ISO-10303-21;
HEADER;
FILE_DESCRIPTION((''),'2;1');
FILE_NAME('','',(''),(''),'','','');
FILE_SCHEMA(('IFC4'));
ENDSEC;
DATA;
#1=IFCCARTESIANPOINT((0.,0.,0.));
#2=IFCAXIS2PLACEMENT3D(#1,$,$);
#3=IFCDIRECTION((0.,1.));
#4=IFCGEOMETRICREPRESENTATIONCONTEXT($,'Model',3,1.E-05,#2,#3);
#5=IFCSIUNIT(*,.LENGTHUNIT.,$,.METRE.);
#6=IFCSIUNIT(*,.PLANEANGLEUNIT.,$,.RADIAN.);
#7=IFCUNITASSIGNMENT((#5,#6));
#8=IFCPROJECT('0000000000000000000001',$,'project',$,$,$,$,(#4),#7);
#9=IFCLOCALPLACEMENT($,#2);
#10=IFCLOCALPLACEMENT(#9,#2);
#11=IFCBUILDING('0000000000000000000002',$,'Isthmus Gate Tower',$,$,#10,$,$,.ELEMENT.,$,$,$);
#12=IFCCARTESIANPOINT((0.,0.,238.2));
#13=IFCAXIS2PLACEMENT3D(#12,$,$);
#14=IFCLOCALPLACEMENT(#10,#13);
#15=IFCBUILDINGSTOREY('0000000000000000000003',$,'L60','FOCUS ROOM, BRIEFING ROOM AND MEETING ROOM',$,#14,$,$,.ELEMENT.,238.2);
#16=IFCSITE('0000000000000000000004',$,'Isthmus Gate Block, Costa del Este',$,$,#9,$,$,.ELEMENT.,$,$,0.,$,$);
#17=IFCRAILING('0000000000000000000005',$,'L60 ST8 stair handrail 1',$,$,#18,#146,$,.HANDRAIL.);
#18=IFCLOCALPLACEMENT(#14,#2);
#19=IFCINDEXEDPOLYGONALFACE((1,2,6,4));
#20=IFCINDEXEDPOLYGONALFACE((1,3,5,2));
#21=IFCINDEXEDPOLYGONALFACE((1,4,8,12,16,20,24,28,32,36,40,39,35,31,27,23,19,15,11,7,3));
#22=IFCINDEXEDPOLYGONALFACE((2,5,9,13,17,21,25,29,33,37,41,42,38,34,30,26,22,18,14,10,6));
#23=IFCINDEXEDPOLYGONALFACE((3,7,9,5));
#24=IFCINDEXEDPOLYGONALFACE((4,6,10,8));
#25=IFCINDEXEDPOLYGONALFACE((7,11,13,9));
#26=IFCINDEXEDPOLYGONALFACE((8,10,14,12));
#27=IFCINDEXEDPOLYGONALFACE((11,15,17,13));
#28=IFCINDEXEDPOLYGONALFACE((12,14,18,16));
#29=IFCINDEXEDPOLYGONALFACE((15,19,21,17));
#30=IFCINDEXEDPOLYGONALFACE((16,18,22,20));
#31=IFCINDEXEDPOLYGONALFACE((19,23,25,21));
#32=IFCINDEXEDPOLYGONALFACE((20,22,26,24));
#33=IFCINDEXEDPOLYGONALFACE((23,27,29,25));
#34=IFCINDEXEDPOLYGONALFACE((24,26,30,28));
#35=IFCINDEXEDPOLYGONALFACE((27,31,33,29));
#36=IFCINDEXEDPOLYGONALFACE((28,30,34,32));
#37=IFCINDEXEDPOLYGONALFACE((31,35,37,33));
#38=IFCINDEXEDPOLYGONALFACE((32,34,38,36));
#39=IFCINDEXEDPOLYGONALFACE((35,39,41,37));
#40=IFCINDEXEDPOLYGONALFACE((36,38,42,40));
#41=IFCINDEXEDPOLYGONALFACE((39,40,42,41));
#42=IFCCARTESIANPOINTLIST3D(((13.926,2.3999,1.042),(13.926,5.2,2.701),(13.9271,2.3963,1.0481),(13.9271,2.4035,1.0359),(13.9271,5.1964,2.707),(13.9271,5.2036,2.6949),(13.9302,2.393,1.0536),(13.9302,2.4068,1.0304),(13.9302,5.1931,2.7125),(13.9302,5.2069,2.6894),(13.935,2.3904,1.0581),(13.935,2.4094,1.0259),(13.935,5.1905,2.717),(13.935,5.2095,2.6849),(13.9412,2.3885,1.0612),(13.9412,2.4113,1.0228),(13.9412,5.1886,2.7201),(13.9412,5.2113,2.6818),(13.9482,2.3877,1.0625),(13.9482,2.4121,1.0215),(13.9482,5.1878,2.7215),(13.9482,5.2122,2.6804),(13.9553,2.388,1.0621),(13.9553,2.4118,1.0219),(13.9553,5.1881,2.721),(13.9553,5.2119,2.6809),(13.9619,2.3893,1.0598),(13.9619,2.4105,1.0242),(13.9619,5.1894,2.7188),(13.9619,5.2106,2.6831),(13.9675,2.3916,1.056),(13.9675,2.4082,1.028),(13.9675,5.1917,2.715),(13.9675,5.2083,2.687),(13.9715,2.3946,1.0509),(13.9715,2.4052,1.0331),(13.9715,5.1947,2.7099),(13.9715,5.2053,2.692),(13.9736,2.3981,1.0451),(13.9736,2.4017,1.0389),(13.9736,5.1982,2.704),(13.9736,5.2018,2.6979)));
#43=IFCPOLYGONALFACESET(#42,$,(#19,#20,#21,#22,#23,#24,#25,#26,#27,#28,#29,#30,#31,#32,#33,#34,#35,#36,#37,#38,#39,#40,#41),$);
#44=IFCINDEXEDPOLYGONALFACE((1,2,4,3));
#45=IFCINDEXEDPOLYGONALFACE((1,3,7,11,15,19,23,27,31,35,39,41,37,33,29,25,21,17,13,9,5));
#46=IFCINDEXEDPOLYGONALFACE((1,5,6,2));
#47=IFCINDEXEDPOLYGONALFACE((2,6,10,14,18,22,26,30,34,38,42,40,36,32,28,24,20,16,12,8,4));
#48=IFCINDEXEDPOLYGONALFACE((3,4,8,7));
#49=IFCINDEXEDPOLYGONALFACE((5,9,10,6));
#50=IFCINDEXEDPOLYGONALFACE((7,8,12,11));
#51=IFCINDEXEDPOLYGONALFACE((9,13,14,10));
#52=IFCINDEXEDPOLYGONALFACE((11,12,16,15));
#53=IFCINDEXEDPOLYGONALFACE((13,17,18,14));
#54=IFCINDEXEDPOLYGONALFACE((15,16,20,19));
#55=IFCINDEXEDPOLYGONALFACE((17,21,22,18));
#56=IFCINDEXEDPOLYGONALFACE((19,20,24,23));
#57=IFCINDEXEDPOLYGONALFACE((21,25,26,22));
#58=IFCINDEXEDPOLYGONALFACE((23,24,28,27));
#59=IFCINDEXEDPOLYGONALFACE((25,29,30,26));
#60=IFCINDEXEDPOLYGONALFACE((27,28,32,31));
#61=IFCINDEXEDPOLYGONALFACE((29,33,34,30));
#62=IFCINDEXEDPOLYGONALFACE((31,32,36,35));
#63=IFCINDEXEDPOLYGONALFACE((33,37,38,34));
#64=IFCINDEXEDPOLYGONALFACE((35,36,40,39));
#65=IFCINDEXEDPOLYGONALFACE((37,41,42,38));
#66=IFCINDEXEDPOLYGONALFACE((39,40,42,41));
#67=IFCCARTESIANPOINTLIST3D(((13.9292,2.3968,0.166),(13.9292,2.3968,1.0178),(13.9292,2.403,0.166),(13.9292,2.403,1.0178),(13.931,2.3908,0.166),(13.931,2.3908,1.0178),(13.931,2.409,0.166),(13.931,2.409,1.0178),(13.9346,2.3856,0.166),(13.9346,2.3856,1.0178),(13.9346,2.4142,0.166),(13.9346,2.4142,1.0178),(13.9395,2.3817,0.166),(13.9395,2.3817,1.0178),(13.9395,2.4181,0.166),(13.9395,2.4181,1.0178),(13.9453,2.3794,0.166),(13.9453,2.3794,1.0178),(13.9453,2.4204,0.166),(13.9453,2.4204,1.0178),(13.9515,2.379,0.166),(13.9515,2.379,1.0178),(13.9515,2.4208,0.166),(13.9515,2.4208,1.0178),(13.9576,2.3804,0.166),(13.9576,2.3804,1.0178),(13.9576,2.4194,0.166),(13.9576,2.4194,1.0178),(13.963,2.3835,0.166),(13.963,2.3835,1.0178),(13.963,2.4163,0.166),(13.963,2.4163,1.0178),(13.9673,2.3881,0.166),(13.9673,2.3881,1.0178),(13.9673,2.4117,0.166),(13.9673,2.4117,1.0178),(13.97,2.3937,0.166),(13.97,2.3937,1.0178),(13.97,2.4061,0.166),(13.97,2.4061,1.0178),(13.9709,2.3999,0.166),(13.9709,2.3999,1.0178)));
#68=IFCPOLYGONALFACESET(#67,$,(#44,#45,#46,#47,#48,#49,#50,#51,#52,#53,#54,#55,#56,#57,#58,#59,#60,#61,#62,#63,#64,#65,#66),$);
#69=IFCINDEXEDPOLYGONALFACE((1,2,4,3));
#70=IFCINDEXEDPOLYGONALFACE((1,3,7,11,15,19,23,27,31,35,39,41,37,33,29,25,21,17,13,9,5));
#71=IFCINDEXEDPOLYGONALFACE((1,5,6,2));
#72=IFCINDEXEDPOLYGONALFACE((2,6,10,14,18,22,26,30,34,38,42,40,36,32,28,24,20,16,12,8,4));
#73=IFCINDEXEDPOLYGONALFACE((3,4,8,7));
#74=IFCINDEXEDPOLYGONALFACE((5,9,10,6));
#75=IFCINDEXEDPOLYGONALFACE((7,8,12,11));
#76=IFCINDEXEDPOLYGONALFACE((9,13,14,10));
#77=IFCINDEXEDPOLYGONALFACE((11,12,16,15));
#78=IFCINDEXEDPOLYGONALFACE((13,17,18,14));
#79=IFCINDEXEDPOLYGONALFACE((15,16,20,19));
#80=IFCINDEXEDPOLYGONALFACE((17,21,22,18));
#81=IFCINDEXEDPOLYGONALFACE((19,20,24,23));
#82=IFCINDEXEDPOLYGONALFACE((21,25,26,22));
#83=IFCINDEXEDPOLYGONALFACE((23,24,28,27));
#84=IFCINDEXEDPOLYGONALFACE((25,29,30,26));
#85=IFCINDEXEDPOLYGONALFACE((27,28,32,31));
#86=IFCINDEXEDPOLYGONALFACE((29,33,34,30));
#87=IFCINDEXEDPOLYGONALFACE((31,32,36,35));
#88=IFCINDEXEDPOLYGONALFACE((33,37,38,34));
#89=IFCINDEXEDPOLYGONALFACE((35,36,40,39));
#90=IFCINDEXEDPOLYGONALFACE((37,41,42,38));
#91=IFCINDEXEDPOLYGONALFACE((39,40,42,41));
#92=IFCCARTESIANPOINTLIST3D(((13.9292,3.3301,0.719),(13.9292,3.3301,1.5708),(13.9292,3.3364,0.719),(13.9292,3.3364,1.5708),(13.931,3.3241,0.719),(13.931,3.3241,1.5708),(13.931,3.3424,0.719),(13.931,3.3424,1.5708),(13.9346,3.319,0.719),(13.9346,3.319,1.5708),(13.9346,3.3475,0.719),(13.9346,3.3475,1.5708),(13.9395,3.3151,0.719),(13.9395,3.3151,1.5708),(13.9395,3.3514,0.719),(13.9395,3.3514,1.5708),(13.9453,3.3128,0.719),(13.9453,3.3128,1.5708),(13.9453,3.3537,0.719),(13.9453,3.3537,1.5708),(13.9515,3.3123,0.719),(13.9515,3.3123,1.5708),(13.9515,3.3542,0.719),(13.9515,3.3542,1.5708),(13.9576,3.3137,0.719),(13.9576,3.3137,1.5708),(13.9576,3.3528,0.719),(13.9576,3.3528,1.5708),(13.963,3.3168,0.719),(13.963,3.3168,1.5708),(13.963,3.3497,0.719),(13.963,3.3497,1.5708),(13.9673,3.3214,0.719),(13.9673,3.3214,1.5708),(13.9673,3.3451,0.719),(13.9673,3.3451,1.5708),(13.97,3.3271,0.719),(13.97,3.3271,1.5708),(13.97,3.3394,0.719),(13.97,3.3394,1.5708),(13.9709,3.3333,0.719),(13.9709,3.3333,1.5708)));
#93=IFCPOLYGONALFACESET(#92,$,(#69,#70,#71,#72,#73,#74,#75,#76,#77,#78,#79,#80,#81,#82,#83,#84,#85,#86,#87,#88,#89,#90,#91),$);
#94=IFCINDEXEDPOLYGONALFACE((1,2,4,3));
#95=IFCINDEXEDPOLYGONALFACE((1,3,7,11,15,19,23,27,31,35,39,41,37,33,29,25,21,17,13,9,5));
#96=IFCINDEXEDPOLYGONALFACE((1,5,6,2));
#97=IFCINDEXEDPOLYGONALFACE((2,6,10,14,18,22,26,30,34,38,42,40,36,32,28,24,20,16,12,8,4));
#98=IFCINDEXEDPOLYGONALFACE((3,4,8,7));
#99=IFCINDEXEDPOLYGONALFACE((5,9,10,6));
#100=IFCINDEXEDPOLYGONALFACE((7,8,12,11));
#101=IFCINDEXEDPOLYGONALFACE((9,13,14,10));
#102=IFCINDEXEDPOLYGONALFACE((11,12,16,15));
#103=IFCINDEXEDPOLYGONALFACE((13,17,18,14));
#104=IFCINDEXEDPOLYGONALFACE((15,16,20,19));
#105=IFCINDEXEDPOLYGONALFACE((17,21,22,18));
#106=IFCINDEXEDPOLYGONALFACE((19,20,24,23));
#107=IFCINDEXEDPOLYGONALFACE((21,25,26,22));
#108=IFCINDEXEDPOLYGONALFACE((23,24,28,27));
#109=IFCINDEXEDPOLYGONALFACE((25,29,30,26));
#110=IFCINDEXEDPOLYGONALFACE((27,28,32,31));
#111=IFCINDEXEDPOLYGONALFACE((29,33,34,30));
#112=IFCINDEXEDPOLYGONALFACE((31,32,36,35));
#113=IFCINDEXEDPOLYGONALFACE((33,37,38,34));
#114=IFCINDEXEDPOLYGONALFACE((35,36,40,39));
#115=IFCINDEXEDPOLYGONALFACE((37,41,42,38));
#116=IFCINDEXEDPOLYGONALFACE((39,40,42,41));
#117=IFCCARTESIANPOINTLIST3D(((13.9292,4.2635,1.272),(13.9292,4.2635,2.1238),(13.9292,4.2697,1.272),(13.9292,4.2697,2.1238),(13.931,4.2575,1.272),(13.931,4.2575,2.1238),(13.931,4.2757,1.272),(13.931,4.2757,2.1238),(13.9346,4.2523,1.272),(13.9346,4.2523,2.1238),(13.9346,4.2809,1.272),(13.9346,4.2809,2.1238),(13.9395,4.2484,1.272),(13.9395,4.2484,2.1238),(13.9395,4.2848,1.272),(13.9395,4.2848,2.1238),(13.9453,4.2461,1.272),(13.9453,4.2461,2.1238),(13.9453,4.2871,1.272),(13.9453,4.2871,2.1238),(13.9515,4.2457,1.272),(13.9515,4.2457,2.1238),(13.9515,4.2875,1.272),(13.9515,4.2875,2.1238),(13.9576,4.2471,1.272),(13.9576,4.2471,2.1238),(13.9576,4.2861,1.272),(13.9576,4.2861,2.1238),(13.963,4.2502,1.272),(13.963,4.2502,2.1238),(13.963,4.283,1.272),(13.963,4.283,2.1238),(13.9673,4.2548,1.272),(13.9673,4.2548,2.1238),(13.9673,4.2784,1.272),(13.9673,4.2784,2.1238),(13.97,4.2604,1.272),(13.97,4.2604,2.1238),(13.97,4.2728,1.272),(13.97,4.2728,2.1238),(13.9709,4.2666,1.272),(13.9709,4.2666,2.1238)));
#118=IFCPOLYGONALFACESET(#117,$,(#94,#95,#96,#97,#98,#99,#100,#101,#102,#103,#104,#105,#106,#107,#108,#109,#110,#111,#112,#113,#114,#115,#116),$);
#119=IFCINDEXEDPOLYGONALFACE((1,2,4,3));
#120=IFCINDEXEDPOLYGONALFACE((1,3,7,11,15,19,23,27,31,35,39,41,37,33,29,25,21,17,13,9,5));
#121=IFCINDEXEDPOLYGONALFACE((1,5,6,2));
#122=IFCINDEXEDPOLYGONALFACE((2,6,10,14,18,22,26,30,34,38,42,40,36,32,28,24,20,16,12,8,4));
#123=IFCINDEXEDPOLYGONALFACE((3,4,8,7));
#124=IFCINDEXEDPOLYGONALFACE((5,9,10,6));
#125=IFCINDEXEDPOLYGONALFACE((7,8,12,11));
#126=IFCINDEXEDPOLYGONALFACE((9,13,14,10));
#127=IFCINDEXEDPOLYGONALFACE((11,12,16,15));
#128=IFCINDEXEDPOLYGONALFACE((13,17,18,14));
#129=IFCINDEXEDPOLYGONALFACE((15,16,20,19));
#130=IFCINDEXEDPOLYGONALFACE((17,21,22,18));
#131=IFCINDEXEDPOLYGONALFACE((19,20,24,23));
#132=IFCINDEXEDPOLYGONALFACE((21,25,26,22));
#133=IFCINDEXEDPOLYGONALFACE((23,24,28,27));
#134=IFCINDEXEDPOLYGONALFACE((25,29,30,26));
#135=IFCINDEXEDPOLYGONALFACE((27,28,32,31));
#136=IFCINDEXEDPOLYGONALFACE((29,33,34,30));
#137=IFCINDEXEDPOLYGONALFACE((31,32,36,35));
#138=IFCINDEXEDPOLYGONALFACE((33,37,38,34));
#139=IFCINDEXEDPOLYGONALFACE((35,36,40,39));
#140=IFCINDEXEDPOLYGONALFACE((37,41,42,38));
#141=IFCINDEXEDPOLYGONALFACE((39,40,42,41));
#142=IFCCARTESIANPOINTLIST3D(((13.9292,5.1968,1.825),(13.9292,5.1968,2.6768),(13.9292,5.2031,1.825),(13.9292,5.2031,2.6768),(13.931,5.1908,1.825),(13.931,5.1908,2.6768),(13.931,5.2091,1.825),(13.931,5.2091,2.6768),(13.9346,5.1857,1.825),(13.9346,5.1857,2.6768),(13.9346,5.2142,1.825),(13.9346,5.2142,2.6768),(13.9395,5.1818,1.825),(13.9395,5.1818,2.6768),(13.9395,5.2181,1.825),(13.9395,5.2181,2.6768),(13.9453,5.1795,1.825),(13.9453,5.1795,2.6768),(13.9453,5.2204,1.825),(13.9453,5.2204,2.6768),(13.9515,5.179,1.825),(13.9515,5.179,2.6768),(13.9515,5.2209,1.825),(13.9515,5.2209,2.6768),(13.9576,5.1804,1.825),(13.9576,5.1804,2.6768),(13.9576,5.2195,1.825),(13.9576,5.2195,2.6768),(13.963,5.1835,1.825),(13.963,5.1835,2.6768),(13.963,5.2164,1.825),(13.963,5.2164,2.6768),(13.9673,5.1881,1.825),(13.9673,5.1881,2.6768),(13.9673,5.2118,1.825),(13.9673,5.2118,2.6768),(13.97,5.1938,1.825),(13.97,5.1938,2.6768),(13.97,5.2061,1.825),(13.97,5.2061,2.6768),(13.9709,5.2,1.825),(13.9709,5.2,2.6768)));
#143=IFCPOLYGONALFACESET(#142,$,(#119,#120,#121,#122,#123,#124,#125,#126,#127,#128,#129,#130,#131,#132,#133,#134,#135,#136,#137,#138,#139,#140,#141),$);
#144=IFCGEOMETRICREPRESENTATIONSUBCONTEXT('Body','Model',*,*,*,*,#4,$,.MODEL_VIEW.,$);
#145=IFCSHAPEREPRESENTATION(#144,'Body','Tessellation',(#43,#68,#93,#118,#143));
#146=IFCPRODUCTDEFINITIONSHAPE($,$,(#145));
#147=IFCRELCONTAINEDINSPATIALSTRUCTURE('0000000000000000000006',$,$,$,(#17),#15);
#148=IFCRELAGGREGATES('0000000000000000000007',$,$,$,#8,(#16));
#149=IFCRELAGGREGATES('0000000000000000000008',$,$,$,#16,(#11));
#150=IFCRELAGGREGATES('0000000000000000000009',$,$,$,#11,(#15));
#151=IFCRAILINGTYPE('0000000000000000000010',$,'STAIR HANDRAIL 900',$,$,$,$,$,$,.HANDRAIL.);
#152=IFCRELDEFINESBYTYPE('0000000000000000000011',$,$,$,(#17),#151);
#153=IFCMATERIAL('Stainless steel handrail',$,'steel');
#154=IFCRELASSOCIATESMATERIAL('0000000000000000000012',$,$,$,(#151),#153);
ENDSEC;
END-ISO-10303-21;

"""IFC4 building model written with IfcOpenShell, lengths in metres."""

from ifc_helpers import new_model, si_unit, direction, frame, origin, origin_2d, place, context, subcontext, project, spatial, circle, extrude, material, type_object, element, save


model = new_model("IFC4")

# Units and contexts
model_context = context("Model", 3, precision=1e-05, world=origin(), true_north=direction((0.0, 1.0)))
body_context = subcontext(model_context, "Body", "Model", "MODEL_VIEW")
ifc_project = project(units=[si_unit("LENGTHUNIT", "METRE"), si_unit("PLANEANGLEUNIT", "RADIAN")], contexts=[model_context])

# Site, building, storey
site_placement = place(None, origin())
site = spatial("IfcSite", under=ifc_project, at=site_placement, Name="Isthmus Gate Block, Costa del Este", CompositionType="ELEMENT", RefElevation=0.0)
building_placement = place(site_placement, origin())
building = spatial("IfcBuilding", under=site, at=building_placement, Name="Isthmus Gate Tower", CompositionType="ELEMENT")
storey_placement = place(building_placement, frame((0.0, 0.0, 238.2)))
storey = spatial("IfcBuildingStorey", under=building, at=storey_placement, Name="L60", Description="FOCUS ROOM, BRIEFING ROOM AND MEETING ROOM", CompositionType="ELEMENT", Elevation=238.2)

# Railing
ifc_material_1 = material(Name="Stainless steel handrail", Category="steel")
railing_type_1 = type_object("IfcRailingType", Name="STAIR HANDRAIL 900", PredefinedType="HANDRAIL", material=ifc_material_1)
railing_1_placement = place(storey_placement, frame((13.95, 2.3999, 0.166)))
element("IfcRailing", 1, at=railing_1_placement, inside=storey, type_object=railing_type_1, Name="L60 ST8 stair handrail 1", PredefinedType="HANDRAIL", context=body_context, shape_type="SweptSolid", body=[
    extrude(circle(Radius=0.0239, at=origin_2d()), frame((0.0, 0.0, 0.876), z_axis=(0.0, 0.860339, 0.509722), x_axis=(-1.0, 0.0, 0.0)), (0.0, 0.0, 1.0), 3.2546),
    extrude(circle(Radius=0.021, at=origin_2d()), origin(), (0.0, 0.0, 1.0), 0.8518),
    extrude(circle(Radius=0.021, at=origin_2d()), frame((0.0, 0.9333, 0.553)), (0.0, 0.0, 1.0), 0.8518),
    extrude(circle(Radius=0.021, at=origin_2d()), frame((0.0, 1.8667, 1.106)), (0.0, 0.0, 1.0), 0.8518),
    extrude(circle(Radius=0.021, at=origin_2d()), frame((0.0, 2.8, 1.6589)), (0.0, 0.0, 1.0), 0.8518),
])

save(model, "model.ifc")
